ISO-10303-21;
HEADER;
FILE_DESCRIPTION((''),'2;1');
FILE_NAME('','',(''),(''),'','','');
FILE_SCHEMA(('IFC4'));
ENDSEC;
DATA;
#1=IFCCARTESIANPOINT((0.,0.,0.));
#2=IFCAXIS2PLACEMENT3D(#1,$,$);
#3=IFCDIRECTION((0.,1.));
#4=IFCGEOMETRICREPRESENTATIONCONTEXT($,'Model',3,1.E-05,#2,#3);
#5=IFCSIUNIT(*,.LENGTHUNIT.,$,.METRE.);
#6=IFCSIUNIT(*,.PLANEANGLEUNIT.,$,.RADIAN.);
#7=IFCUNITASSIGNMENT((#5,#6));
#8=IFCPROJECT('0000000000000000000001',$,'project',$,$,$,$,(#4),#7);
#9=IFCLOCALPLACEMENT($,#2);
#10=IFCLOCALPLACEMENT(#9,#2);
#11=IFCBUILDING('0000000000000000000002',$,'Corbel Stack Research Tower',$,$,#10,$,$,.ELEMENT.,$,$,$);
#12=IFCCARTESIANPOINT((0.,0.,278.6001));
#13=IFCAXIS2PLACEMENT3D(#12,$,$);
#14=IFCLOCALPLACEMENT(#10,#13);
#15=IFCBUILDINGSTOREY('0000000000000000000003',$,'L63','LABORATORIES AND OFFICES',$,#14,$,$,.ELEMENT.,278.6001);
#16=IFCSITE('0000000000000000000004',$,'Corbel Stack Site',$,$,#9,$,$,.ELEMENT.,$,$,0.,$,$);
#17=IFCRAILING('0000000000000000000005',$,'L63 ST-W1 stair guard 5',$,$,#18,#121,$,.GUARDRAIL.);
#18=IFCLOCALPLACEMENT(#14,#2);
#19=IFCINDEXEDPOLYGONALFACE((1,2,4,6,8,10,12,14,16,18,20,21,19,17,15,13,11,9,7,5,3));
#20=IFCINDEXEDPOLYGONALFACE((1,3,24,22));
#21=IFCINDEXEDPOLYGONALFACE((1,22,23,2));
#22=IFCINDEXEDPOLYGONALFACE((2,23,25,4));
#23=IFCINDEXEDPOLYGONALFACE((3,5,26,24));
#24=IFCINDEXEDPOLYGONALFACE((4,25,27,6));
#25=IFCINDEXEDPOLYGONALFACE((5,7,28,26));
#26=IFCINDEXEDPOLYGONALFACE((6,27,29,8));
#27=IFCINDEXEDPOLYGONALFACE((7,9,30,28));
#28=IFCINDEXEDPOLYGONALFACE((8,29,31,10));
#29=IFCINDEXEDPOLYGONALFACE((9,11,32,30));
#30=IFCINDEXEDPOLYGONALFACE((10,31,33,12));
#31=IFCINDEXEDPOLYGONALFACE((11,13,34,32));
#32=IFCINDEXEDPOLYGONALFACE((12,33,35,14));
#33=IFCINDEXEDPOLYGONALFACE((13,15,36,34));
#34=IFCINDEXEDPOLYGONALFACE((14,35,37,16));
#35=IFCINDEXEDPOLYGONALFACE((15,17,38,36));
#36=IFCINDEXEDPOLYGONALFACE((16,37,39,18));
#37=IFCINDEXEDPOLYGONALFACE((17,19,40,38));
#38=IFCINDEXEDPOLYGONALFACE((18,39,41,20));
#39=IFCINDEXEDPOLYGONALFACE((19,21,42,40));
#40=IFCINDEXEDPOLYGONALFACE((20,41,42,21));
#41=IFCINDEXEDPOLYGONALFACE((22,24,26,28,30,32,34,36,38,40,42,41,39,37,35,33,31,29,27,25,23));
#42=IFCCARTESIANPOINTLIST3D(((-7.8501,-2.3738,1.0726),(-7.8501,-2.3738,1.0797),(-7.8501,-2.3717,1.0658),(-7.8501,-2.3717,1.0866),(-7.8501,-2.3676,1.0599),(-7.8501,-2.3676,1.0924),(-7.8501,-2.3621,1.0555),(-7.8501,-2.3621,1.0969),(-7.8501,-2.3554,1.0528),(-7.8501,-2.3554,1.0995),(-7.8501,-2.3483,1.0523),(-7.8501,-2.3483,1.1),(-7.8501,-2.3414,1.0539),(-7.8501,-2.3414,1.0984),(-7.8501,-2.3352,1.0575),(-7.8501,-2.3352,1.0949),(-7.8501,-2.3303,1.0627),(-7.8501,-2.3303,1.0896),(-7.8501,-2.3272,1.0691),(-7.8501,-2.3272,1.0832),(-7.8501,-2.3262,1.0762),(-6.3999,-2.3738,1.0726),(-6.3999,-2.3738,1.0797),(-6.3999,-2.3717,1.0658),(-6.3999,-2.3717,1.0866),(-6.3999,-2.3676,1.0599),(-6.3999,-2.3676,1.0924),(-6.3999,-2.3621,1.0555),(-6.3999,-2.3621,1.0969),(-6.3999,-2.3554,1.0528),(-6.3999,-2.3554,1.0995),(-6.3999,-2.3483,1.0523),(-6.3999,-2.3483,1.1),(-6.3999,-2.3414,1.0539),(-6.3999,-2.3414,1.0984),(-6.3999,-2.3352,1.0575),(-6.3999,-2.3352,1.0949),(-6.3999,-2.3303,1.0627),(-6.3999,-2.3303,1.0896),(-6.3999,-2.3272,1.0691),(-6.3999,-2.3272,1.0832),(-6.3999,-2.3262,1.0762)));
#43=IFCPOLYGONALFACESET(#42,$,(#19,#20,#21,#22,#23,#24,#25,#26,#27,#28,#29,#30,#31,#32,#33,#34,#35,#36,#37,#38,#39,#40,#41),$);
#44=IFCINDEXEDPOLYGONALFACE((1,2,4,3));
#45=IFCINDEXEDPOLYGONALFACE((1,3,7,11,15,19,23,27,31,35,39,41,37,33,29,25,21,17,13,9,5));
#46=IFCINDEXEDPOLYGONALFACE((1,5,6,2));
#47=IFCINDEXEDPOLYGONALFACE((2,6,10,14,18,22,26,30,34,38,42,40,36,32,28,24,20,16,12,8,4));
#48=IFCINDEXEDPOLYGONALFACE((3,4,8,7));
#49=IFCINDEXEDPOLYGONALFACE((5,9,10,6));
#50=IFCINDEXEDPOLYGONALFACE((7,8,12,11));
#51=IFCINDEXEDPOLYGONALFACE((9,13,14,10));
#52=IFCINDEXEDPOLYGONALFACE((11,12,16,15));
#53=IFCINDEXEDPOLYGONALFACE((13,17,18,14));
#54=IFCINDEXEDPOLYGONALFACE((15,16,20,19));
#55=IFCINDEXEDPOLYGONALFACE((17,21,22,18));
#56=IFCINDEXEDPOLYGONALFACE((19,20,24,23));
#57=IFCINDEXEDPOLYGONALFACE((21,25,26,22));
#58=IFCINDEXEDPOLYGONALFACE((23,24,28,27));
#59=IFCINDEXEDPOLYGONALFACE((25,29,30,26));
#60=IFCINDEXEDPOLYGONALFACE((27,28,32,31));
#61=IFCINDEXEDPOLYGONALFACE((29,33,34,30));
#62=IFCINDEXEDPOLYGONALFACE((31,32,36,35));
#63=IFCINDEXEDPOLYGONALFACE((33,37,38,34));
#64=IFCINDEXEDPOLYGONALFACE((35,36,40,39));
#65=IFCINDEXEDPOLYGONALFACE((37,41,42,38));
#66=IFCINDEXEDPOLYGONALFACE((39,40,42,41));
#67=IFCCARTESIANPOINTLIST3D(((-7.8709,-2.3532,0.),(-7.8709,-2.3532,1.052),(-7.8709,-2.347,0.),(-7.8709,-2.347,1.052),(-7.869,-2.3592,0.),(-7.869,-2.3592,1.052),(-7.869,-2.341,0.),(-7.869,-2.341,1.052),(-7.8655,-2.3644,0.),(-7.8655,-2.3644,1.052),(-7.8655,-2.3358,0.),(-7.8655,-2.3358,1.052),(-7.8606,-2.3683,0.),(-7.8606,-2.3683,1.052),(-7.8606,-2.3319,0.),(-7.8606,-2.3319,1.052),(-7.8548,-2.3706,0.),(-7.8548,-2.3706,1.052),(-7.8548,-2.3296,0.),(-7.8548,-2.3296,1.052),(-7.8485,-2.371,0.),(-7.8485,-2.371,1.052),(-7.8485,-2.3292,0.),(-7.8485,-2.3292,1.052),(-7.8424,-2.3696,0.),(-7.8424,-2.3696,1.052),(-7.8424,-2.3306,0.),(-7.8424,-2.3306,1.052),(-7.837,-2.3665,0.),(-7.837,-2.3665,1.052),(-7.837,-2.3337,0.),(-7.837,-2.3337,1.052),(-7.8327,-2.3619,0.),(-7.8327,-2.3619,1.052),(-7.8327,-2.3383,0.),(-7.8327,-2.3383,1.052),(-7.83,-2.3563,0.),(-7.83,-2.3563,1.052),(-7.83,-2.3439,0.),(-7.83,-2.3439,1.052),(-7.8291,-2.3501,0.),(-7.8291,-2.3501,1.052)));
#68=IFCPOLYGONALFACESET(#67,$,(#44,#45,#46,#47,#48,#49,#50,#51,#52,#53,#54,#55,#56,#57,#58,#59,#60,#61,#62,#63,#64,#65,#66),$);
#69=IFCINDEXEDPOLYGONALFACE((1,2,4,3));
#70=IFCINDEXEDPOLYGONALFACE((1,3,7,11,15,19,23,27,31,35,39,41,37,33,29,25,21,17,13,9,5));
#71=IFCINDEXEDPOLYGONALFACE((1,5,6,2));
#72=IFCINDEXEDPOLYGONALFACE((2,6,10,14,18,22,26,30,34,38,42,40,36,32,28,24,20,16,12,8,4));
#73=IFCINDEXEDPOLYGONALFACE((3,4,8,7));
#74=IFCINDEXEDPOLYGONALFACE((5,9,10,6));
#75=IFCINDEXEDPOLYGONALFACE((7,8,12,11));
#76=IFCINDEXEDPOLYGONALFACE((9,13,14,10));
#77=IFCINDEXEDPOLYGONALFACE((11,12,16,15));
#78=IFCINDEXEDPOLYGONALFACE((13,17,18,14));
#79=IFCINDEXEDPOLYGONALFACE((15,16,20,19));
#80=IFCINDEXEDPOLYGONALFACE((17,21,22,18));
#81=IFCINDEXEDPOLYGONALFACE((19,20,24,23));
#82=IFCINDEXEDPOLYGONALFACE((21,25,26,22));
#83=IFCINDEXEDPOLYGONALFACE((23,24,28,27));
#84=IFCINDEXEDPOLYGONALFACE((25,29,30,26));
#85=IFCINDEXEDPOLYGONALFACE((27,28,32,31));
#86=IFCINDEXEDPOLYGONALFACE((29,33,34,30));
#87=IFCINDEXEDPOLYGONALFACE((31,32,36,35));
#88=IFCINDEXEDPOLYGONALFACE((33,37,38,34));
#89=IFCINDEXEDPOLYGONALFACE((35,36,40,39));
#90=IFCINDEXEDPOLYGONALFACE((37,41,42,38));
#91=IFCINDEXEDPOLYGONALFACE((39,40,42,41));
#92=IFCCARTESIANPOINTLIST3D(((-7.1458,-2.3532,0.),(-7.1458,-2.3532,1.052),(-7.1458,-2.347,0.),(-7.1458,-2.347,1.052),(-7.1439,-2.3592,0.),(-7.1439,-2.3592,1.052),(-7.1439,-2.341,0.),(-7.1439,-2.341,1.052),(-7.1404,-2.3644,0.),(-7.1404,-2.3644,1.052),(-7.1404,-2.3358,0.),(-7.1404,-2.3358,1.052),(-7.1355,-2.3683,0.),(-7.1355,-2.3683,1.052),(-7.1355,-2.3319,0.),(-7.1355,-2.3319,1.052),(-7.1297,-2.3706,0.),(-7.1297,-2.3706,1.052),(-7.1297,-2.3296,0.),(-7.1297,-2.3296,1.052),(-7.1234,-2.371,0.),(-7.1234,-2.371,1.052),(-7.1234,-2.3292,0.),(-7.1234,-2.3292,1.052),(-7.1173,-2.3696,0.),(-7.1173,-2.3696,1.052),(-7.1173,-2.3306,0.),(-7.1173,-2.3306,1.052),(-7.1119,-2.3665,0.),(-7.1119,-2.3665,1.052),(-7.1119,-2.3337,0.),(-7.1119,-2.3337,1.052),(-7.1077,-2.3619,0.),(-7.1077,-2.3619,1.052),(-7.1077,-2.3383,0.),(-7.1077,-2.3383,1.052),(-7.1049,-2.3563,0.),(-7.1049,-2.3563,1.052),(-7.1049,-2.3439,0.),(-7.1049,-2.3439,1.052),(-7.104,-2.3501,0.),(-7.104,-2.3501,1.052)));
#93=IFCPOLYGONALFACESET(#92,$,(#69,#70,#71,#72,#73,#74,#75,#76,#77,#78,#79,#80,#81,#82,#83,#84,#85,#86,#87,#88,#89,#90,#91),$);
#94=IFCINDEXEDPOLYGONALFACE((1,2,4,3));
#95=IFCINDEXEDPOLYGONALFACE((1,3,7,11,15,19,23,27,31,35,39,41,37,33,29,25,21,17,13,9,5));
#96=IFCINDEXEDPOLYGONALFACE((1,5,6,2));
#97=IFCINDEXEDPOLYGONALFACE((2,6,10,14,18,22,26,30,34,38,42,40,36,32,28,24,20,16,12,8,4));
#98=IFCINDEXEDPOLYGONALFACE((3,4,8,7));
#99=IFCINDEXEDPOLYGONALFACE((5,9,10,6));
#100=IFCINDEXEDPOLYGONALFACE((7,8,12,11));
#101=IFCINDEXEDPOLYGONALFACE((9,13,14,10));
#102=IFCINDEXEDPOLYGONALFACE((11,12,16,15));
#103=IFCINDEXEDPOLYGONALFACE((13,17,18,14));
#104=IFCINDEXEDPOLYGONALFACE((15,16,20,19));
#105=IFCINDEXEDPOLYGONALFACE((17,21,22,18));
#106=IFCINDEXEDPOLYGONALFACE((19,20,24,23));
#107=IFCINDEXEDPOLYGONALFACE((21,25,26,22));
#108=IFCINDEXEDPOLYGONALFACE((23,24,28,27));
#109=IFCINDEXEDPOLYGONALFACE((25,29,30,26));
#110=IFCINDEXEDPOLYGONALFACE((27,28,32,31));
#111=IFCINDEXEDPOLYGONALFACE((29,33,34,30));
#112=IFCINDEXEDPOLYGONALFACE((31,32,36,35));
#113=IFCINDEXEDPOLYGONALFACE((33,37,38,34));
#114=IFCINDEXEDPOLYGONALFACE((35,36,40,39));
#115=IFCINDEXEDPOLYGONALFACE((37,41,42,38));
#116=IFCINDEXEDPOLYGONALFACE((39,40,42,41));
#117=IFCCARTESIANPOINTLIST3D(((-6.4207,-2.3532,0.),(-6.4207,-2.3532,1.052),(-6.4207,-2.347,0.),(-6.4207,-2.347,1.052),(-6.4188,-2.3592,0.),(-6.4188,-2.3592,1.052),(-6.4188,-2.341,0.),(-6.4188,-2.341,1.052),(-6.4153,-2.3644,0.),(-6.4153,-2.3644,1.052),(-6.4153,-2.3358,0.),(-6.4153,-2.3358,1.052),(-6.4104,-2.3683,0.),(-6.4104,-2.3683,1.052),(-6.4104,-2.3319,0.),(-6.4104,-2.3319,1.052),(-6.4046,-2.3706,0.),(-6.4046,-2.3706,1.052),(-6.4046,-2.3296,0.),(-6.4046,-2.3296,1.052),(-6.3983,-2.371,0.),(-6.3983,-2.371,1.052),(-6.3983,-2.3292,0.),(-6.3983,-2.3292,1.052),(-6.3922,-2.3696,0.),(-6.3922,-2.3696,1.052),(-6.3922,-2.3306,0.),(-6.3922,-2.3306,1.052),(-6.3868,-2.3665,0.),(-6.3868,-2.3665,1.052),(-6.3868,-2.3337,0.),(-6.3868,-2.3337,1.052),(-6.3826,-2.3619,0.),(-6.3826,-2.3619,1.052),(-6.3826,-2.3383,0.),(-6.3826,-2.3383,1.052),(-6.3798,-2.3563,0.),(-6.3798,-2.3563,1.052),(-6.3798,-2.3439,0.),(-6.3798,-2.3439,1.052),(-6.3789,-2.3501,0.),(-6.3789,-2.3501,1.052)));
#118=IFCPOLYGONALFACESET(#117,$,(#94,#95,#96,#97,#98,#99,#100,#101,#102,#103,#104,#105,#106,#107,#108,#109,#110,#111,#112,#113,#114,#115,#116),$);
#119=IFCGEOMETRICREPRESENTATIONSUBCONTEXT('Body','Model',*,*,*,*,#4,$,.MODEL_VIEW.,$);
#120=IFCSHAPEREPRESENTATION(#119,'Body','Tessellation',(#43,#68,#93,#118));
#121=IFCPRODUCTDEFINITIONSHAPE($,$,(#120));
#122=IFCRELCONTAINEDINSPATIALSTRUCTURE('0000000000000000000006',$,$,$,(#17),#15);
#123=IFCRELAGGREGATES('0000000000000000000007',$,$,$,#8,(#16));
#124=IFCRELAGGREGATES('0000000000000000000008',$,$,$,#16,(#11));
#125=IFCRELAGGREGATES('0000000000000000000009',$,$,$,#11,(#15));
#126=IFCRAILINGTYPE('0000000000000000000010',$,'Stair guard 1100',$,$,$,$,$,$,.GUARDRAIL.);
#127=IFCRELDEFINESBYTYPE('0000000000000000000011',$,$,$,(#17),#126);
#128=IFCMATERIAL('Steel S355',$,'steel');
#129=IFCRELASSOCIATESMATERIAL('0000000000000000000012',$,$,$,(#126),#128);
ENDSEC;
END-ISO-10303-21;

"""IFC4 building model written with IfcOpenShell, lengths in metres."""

from ifc_helpers import new_model, si_unit, direction, frame, origin, origin_2d, place, context, subcontext, project, spatial, circle, extrude, material, type_object, element, save


model = new_model("IFC4")

# Units and contexts
model_context = context("Model", 3, precision=1e-05, world=origin(), true_north=direction((0.0, 1.0)))
body_context = subcontext(model_context, "Body", "Model", "MODEL_VIEW")
ifc_project = project(units=[si_unit("LENGTHUNIT", "METRE"), si_unit("PLANEANGLEUNIT", "RADIAN")], contexts=[model_context])

# Site, building, storey
site_placement = place(None, origin())
site = spatial("IfcSite", under=ifc_project, at=site_placement, Name="Corbel Stack Site", CompositionType="ELEMENT", RefElevation=0.0)
building_placement = place(site_placement, origin())
building = spatial("IfcBuilding", under=site, at=building_placement, Name="Corbel Stack Research Tower", CompositionType="ELEMENT")
storey_placement = place(building_placement, frame((0.0, 0.0, 278.6001)))
storey = spatial("IfcBuildingStorey", under=building, at=storey_placement, Name="L63", Description="LABORATORIES AND OFFICES", CompositionType="ELEMENT", Elevation=278.6001)

# Railing
ifc_material_1 = material(Name="Steel S355", Category="steel")
railing_type = type_object("IfcRailingType", Name="Stair guard 1100", PredefinedType="GUARDRAIL", material=ifc_material_1)
railing_1_placement = place(storey_placement, frame((-7.8501, -2.3501, 0.0)))
element("IfcRailing", 1, at=railing_1_placement, inside=storey, type_object=railing_type, Name="L63 ST-W1 stair guard 5", PredefinedType="GUARDRAIL", context=body_context, shape_type="SweptSolid", body=[
    extrude(circle(Radius=0.0239, at=origin_2d()), frame((0.0, 0.0, 1.0762), z_axis=(1.0, 0.0, 0.0), x_axis=(0.0, 1.0, 0.0)), (0.0, 0.0, 1.0), 1.4502),
    extrude(circle(Radius=0.021, at=origin_2d()), origin(), (0.0, 0.0, 1.0), 1.052),
    extrude(circle(Radius=0.021, at=origin_2d()), frame((0.7251, 0.0, 0.0)), (0.0, 0.0, 1.0), 1.052),
    extrude(circle(Radius=0.021, at=origin_2d()), frame((1.4502, 0.0, 0.0)), (0.0, 0.0, 1.0), 1.052),
])

save(model, "model.ifc")
